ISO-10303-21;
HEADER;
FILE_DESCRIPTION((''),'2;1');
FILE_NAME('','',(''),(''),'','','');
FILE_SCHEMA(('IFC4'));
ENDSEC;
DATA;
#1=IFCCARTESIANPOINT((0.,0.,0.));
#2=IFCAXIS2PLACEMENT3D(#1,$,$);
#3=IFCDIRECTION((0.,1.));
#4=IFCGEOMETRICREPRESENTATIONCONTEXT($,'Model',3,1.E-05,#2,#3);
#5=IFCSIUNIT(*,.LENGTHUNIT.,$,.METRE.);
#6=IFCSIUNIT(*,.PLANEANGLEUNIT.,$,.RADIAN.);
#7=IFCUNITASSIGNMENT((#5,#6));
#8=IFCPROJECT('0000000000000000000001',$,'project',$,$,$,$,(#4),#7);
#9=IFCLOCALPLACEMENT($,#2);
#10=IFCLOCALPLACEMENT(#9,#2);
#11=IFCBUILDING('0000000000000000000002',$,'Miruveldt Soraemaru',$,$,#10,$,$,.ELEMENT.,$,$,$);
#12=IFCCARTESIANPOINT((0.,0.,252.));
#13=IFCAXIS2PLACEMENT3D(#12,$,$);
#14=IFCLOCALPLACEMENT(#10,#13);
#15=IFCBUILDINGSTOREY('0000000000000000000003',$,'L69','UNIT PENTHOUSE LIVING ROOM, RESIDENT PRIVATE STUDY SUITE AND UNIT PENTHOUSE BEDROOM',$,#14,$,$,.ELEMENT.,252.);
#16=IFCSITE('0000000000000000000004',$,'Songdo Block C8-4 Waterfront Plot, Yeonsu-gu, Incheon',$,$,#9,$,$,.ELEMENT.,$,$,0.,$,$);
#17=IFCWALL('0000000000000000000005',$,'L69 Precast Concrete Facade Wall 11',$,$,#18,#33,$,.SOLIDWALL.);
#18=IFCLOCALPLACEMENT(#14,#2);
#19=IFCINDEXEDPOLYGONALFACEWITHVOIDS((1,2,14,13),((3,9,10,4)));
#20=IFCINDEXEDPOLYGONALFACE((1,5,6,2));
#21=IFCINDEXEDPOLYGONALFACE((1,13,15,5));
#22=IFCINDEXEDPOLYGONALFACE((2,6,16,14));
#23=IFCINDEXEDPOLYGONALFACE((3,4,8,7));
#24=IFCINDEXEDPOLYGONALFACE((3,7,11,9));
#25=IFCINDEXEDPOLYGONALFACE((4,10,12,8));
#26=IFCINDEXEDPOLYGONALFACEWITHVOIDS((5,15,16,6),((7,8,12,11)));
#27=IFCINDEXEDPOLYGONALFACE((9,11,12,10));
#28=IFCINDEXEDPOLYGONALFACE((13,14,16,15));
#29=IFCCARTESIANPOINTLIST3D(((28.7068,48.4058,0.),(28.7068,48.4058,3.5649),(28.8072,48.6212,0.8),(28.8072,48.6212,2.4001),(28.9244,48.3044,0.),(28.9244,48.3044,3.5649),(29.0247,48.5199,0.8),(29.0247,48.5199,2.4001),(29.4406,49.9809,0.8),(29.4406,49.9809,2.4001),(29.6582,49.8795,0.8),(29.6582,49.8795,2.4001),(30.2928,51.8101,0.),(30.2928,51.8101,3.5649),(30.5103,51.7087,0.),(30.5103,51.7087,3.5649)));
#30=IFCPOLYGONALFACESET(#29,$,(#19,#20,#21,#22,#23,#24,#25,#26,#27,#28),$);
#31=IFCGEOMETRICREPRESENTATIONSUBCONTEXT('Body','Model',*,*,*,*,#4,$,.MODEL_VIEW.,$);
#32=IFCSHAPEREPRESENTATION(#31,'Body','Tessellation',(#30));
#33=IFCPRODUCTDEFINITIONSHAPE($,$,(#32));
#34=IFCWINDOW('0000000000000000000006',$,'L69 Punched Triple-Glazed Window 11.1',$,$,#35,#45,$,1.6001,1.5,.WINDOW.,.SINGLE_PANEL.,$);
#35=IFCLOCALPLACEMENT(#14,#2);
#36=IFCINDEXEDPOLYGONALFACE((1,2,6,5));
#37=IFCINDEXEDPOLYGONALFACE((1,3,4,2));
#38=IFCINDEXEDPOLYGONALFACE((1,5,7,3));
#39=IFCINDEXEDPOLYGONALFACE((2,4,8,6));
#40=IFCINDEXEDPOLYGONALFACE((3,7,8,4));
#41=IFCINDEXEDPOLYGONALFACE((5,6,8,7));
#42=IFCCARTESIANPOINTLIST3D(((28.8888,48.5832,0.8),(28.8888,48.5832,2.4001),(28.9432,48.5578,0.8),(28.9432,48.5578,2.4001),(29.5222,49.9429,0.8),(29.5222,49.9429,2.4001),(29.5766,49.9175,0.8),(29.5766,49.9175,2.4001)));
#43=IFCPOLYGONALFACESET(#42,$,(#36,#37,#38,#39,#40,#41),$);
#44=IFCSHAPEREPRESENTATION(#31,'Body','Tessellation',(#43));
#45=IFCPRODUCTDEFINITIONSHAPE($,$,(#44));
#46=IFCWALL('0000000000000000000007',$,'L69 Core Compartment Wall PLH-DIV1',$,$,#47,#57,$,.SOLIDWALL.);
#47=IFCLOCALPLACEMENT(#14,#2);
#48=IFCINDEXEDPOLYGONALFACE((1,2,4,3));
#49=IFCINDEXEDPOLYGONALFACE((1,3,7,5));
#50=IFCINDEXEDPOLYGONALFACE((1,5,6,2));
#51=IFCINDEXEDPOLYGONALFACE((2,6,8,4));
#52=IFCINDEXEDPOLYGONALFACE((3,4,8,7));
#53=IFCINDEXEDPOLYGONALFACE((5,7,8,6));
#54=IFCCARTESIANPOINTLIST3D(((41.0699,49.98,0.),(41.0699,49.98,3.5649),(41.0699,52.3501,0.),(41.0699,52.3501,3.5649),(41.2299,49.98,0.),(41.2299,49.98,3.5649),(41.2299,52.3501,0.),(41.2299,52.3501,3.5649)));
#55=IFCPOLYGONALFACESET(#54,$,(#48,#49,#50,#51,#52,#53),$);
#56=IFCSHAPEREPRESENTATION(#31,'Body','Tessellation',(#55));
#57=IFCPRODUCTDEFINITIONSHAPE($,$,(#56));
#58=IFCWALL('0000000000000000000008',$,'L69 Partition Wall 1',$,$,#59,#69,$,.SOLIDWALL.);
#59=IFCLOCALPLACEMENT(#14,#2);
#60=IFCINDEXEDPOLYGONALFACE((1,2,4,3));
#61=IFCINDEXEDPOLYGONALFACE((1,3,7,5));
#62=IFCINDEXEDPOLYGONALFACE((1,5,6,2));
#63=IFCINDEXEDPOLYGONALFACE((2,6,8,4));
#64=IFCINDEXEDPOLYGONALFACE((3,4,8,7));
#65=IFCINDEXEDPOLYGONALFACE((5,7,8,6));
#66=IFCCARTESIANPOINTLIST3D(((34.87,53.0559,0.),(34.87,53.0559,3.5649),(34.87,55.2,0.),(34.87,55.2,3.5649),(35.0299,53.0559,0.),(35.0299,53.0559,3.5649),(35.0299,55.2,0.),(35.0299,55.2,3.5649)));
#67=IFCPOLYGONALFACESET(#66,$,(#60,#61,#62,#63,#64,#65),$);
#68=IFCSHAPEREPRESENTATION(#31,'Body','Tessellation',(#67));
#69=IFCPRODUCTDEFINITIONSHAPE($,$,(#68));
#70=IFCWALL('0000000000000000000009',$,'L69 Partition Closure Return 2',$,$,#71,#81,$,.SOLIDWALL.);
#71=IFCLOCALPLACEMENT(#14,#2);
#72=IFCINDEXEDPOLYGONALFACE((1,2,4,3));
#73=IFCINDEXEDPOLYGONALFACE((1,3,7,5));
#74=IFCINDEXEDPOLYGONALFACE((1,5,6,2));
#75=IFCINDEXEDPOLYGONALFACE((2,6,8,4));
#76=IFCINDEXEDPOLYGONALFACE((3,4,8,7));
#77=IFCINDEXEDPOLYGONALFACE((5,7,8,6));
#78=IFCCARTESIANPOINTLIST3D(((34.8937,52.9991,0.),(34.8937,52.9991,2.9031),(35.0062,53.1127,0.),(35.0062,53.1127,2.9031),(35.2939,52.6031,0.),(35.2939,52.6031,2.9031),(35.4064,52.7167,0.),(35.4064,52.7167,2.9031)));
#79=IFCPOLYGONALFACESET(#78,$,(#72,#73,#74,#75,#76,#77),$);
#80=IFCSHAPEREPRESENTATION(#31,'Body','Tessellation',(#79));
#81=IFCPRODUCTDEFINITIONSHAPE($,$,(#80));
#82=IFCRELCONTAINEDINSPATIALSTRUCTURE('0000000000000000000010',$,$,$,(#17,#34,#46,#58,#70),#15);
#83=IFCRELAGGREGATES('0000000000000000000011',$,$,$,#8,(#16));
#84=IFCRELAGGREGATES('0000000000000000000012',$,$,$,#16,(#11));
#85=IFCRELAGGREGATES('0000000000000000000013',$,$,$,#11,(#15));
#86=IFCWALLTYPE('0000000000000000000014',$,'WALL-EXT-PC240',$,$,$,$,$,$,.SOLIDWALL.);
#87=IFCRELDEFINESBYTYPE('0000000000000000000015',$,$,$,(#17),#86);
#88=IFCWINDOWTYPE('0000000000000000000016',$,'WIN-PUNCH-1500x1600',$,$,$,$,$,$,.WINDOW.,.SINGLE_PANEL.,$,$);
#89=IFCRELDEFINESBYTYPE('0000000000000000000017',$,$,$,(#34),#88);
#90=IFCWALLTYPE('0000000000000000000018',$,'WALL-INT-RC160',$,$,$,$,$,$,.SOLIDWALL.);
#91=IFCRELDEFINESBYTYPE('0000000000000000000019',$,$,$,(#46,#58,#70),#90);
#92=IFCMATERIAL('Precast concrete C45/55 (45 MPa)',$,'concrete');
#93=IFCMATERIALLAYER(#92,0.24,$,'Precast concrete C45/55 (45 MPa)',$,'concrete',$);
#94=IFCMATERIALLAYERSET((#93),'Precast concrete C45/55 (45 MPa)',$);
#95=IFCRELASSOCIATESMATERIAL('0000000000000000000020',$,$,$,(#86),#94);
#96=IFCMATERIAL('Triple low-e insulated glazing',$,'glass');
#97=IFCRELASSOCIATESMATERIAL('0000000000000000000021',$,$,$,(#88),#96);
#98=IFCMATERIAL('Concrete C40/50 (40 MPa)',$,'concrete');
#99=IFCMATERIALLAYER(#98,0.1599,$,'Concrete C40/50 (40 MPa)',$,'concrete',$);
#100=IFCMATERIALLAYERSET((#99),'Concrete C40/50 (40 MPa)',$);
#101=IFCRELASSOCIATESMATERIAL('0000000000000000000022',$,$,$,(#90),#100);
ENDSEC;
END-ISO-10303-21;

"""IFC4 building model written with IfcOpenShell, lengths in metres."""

from ifc_helpers import new_model, si_unit, direction, frame, frame_2d, origin, place, context, subcontext, project, spatial, rectangle, extrude, material, layer, layer_set, type_object, element, fill, save


model = new_model("IFC4")

# Units and contexts
model_context = context("Model", 3, precision=1e-05, world=origin(), true_north=direction((0.0, 1.0)))
body_context = subcontext(model_context, "Body", "Model", "MODEL_VIEW")
ifc_project = project(units=[si_unit("LENGTHUNIT", "METRE"), si_unit("PLANEANGLEUNIT", "RADIAN")], contexts=[model_context])

# Site, building, storey
site_placement = place(None, origin())
site = spatial("IfcSite", under=ifc_project, at=site_placement, Name="Songdo Block C8-4 Waterfront Plot, Yeonsu-gu, Incheon", CompositionType="ELEMENT", RefElevation=0.0)
building_placement = place(site_placement, origin())
building = spatial("IfcBuilding", under=site, at=building_placement, Name="Miruveldt Soraemaru", CompositionType="ELEMENT")
storey_placement = place(building_placement, frame((0.0, 0.0, 252.0)))
storey = spatial("IfcBuildingStorey", under=building, at=storey_placement, Name="L69", Description="UNIT PENTHOUSE LIVING ROOM, RESIDENT PRIVATE STUDY SUITE AND UNIT PENTHOUSE BEDROOM", CompositionType="ELEMENT", Elevation=252.0)

# Shared definitions
ifc_material_1 = material(Name="Concrete C40/50 (40 MPa)", Category="concrete")

# Wall, opening, window
ifc_material_2 = material(Name="Precast concrete C45/55 (45 MPa)", Category="concrete")
ifc_layer_1 = layer(ifc_material_2, 0.24, Name="Precast concrete C45/55 (45 MPa)", Category="concrete")
ifc_layer_set_1 = layer_set([ifc_layer_1], Name="Precast concrete C45/55 (45 MPa)")
wall_type_1 = type_object("IfcWallType", Name="WALL-EXT-PC240", PredefinedType="SOLIDWALL", material=ifc_layer_set_1)
wall_1_placement = place(storey_placement, frame((30.4016, 51.7595, 0.0), z_axis=(0.0, 0.0, 1.0), x_axis=(-0.422287, -0.906462, 0.0)))
wall_1 = element("IfcWall", 1, at=wall_1_placement, inside=storey, type_object=wall_type_1, Name="L69 Precast Concrete Facade Wall 11", PredefinedType="SOLIDWALL", context=body_context, shape_type="SweptSolid", body=[
    extrude(rectangle(XDim=3.7556, YDim=0.24, at=frame_2d((1.8779, 0.0))), origin(), (0.0, 0.0, 1.0), 3.5649),
])
opening_1_placement = place(wall_1_placement, frame((2.0181, 0.0, 0.8)))
opening_1 = element("IfcOpeningElement", 2, at=opening_1_placement, cuts=wall_1, PredefinedType="OPENING", context=body_context, shape_type="SweptSolid", body=[
    extrude(rectangle(XDim=1.5, YDim=1.6001, at=frame_2d((0.75, 0.8))), frame((0.0, 0.1299, 0.0), z_axis=(0.0, -1.0, 0.0), x_axis=(1.0, 0.0, 0.0)), (0.0, 0.0, 1.0), 0.26),
])
ifc_material_3 = material(Name="Triple low-e insulated glazing", Category="glass")
window_type = type_object("IfcWindowType", Name="WIN-PUNCH-1500x1600", PartitioningType="SINGLE_PANEL", PredefinedType="WINDOW", material=ifc_material_3)
window_placement = place(opening_1_placement, origin())
window = element("IfcWindow", 3, at=window_placement, inside=storey, type_object=window_type, Name="L69 Punched Triple-Glazed Window 11.1", OverallHeight=1.6001, OverallWidth=1.5, PartitioningType="SINGLE_PANEL", PredefinedType="WINDOW", context=body_context, shape_type="SweptSolid", body=[
    extrude(rectangle(XDim=1.5, YDim=1.6001, at=frame_2d((0.75, 0.8))), frame((0.0, 0.03, 0.0), z_axis=(0.0, -1.0, 0.0), x_axis=(1.0, 0.0, 0.0)), (0.0, 0.0, 1.0), 0.0601),
])
fill(opening_1, window)

# Walls
ifc_layer_2 = layer(ifc_material_1, 0.1599, Name="Concrete C40/50 (40 MPa)", Category="concrete")
ifc_layer_set_2 = layer_set([ifc_layer_2], Name="Concrete C40/50 (40 MPa)")
wall_type_2 = type_object("IfcWallType", Name="WALL-INT-RC160", PredefinedType="SOLIDWALL", material=ifc_layer_set_2)
wall_2_placement = place(storey_placement, frame((41.1499, 49.98, 0.0), z_axis=(0.0, 0.0, 1.0), x_axis=(0.0, 1.0, 0.0)))
element("IfcWall", 4, at=wall_2_placement, inside=storey, type_object=wall_type_2, Name="L69 Core Compartment Wall PLH-DIV1", PredefinedType="SOLIDWALL", context=body_context, shape_type="SweptSolid", body=[
    extrude(rectangle(XDim=2.3701, YDim=0.1599, at=frame_2d((1.1851, 0.0))), origin(), (0.0, 0.0, 1.0), 3.5649),
])
wall_3_placement = place(storey_placement, frame((34.95, 53.0559, 0.0), z_axis=(0.0, 0.0, 1.0), x_axis=(0.0, 1.0, 0.0)))
element("IfcWall", 5, at=wall_3_placement, inside=storey, type_object=wall_type_2, Name="L69 Partition Wall 1", PredefinedType="SOLIDWALL", context=body_context, shape_type="SweptSolid", body=[
    extrude(rectangle(XDim=2.144, YDim=0.1599, at=frame_2d((1.072, 0.0))), origin(), (0.0, 0.0, 1.0), 3.5649),
])
wall_4_placement = place(storey_placement, frame((34.95, 53.0559, 0.0), z_axis=(0.0, 0.0, 1.0), x_axis=(0.710783, -0.703411, 0.0)))
element("IfcWall", 6, at=wall_4_placement, inside=storey, type_object=wall_type_2, Name="L69 Partition Closure Return 2", PredefinedType="SOLIDWALL", context=body_context, shape_type="SweptSolid", body=[
    extrude(rectangle(XDim=0.563, YDim=0.1599, at=frame_2d((0.2815, 0.0))), origin(), (0.0, 0.0, 1.0), 2.9031),
])

save(model, "model.ifc")
